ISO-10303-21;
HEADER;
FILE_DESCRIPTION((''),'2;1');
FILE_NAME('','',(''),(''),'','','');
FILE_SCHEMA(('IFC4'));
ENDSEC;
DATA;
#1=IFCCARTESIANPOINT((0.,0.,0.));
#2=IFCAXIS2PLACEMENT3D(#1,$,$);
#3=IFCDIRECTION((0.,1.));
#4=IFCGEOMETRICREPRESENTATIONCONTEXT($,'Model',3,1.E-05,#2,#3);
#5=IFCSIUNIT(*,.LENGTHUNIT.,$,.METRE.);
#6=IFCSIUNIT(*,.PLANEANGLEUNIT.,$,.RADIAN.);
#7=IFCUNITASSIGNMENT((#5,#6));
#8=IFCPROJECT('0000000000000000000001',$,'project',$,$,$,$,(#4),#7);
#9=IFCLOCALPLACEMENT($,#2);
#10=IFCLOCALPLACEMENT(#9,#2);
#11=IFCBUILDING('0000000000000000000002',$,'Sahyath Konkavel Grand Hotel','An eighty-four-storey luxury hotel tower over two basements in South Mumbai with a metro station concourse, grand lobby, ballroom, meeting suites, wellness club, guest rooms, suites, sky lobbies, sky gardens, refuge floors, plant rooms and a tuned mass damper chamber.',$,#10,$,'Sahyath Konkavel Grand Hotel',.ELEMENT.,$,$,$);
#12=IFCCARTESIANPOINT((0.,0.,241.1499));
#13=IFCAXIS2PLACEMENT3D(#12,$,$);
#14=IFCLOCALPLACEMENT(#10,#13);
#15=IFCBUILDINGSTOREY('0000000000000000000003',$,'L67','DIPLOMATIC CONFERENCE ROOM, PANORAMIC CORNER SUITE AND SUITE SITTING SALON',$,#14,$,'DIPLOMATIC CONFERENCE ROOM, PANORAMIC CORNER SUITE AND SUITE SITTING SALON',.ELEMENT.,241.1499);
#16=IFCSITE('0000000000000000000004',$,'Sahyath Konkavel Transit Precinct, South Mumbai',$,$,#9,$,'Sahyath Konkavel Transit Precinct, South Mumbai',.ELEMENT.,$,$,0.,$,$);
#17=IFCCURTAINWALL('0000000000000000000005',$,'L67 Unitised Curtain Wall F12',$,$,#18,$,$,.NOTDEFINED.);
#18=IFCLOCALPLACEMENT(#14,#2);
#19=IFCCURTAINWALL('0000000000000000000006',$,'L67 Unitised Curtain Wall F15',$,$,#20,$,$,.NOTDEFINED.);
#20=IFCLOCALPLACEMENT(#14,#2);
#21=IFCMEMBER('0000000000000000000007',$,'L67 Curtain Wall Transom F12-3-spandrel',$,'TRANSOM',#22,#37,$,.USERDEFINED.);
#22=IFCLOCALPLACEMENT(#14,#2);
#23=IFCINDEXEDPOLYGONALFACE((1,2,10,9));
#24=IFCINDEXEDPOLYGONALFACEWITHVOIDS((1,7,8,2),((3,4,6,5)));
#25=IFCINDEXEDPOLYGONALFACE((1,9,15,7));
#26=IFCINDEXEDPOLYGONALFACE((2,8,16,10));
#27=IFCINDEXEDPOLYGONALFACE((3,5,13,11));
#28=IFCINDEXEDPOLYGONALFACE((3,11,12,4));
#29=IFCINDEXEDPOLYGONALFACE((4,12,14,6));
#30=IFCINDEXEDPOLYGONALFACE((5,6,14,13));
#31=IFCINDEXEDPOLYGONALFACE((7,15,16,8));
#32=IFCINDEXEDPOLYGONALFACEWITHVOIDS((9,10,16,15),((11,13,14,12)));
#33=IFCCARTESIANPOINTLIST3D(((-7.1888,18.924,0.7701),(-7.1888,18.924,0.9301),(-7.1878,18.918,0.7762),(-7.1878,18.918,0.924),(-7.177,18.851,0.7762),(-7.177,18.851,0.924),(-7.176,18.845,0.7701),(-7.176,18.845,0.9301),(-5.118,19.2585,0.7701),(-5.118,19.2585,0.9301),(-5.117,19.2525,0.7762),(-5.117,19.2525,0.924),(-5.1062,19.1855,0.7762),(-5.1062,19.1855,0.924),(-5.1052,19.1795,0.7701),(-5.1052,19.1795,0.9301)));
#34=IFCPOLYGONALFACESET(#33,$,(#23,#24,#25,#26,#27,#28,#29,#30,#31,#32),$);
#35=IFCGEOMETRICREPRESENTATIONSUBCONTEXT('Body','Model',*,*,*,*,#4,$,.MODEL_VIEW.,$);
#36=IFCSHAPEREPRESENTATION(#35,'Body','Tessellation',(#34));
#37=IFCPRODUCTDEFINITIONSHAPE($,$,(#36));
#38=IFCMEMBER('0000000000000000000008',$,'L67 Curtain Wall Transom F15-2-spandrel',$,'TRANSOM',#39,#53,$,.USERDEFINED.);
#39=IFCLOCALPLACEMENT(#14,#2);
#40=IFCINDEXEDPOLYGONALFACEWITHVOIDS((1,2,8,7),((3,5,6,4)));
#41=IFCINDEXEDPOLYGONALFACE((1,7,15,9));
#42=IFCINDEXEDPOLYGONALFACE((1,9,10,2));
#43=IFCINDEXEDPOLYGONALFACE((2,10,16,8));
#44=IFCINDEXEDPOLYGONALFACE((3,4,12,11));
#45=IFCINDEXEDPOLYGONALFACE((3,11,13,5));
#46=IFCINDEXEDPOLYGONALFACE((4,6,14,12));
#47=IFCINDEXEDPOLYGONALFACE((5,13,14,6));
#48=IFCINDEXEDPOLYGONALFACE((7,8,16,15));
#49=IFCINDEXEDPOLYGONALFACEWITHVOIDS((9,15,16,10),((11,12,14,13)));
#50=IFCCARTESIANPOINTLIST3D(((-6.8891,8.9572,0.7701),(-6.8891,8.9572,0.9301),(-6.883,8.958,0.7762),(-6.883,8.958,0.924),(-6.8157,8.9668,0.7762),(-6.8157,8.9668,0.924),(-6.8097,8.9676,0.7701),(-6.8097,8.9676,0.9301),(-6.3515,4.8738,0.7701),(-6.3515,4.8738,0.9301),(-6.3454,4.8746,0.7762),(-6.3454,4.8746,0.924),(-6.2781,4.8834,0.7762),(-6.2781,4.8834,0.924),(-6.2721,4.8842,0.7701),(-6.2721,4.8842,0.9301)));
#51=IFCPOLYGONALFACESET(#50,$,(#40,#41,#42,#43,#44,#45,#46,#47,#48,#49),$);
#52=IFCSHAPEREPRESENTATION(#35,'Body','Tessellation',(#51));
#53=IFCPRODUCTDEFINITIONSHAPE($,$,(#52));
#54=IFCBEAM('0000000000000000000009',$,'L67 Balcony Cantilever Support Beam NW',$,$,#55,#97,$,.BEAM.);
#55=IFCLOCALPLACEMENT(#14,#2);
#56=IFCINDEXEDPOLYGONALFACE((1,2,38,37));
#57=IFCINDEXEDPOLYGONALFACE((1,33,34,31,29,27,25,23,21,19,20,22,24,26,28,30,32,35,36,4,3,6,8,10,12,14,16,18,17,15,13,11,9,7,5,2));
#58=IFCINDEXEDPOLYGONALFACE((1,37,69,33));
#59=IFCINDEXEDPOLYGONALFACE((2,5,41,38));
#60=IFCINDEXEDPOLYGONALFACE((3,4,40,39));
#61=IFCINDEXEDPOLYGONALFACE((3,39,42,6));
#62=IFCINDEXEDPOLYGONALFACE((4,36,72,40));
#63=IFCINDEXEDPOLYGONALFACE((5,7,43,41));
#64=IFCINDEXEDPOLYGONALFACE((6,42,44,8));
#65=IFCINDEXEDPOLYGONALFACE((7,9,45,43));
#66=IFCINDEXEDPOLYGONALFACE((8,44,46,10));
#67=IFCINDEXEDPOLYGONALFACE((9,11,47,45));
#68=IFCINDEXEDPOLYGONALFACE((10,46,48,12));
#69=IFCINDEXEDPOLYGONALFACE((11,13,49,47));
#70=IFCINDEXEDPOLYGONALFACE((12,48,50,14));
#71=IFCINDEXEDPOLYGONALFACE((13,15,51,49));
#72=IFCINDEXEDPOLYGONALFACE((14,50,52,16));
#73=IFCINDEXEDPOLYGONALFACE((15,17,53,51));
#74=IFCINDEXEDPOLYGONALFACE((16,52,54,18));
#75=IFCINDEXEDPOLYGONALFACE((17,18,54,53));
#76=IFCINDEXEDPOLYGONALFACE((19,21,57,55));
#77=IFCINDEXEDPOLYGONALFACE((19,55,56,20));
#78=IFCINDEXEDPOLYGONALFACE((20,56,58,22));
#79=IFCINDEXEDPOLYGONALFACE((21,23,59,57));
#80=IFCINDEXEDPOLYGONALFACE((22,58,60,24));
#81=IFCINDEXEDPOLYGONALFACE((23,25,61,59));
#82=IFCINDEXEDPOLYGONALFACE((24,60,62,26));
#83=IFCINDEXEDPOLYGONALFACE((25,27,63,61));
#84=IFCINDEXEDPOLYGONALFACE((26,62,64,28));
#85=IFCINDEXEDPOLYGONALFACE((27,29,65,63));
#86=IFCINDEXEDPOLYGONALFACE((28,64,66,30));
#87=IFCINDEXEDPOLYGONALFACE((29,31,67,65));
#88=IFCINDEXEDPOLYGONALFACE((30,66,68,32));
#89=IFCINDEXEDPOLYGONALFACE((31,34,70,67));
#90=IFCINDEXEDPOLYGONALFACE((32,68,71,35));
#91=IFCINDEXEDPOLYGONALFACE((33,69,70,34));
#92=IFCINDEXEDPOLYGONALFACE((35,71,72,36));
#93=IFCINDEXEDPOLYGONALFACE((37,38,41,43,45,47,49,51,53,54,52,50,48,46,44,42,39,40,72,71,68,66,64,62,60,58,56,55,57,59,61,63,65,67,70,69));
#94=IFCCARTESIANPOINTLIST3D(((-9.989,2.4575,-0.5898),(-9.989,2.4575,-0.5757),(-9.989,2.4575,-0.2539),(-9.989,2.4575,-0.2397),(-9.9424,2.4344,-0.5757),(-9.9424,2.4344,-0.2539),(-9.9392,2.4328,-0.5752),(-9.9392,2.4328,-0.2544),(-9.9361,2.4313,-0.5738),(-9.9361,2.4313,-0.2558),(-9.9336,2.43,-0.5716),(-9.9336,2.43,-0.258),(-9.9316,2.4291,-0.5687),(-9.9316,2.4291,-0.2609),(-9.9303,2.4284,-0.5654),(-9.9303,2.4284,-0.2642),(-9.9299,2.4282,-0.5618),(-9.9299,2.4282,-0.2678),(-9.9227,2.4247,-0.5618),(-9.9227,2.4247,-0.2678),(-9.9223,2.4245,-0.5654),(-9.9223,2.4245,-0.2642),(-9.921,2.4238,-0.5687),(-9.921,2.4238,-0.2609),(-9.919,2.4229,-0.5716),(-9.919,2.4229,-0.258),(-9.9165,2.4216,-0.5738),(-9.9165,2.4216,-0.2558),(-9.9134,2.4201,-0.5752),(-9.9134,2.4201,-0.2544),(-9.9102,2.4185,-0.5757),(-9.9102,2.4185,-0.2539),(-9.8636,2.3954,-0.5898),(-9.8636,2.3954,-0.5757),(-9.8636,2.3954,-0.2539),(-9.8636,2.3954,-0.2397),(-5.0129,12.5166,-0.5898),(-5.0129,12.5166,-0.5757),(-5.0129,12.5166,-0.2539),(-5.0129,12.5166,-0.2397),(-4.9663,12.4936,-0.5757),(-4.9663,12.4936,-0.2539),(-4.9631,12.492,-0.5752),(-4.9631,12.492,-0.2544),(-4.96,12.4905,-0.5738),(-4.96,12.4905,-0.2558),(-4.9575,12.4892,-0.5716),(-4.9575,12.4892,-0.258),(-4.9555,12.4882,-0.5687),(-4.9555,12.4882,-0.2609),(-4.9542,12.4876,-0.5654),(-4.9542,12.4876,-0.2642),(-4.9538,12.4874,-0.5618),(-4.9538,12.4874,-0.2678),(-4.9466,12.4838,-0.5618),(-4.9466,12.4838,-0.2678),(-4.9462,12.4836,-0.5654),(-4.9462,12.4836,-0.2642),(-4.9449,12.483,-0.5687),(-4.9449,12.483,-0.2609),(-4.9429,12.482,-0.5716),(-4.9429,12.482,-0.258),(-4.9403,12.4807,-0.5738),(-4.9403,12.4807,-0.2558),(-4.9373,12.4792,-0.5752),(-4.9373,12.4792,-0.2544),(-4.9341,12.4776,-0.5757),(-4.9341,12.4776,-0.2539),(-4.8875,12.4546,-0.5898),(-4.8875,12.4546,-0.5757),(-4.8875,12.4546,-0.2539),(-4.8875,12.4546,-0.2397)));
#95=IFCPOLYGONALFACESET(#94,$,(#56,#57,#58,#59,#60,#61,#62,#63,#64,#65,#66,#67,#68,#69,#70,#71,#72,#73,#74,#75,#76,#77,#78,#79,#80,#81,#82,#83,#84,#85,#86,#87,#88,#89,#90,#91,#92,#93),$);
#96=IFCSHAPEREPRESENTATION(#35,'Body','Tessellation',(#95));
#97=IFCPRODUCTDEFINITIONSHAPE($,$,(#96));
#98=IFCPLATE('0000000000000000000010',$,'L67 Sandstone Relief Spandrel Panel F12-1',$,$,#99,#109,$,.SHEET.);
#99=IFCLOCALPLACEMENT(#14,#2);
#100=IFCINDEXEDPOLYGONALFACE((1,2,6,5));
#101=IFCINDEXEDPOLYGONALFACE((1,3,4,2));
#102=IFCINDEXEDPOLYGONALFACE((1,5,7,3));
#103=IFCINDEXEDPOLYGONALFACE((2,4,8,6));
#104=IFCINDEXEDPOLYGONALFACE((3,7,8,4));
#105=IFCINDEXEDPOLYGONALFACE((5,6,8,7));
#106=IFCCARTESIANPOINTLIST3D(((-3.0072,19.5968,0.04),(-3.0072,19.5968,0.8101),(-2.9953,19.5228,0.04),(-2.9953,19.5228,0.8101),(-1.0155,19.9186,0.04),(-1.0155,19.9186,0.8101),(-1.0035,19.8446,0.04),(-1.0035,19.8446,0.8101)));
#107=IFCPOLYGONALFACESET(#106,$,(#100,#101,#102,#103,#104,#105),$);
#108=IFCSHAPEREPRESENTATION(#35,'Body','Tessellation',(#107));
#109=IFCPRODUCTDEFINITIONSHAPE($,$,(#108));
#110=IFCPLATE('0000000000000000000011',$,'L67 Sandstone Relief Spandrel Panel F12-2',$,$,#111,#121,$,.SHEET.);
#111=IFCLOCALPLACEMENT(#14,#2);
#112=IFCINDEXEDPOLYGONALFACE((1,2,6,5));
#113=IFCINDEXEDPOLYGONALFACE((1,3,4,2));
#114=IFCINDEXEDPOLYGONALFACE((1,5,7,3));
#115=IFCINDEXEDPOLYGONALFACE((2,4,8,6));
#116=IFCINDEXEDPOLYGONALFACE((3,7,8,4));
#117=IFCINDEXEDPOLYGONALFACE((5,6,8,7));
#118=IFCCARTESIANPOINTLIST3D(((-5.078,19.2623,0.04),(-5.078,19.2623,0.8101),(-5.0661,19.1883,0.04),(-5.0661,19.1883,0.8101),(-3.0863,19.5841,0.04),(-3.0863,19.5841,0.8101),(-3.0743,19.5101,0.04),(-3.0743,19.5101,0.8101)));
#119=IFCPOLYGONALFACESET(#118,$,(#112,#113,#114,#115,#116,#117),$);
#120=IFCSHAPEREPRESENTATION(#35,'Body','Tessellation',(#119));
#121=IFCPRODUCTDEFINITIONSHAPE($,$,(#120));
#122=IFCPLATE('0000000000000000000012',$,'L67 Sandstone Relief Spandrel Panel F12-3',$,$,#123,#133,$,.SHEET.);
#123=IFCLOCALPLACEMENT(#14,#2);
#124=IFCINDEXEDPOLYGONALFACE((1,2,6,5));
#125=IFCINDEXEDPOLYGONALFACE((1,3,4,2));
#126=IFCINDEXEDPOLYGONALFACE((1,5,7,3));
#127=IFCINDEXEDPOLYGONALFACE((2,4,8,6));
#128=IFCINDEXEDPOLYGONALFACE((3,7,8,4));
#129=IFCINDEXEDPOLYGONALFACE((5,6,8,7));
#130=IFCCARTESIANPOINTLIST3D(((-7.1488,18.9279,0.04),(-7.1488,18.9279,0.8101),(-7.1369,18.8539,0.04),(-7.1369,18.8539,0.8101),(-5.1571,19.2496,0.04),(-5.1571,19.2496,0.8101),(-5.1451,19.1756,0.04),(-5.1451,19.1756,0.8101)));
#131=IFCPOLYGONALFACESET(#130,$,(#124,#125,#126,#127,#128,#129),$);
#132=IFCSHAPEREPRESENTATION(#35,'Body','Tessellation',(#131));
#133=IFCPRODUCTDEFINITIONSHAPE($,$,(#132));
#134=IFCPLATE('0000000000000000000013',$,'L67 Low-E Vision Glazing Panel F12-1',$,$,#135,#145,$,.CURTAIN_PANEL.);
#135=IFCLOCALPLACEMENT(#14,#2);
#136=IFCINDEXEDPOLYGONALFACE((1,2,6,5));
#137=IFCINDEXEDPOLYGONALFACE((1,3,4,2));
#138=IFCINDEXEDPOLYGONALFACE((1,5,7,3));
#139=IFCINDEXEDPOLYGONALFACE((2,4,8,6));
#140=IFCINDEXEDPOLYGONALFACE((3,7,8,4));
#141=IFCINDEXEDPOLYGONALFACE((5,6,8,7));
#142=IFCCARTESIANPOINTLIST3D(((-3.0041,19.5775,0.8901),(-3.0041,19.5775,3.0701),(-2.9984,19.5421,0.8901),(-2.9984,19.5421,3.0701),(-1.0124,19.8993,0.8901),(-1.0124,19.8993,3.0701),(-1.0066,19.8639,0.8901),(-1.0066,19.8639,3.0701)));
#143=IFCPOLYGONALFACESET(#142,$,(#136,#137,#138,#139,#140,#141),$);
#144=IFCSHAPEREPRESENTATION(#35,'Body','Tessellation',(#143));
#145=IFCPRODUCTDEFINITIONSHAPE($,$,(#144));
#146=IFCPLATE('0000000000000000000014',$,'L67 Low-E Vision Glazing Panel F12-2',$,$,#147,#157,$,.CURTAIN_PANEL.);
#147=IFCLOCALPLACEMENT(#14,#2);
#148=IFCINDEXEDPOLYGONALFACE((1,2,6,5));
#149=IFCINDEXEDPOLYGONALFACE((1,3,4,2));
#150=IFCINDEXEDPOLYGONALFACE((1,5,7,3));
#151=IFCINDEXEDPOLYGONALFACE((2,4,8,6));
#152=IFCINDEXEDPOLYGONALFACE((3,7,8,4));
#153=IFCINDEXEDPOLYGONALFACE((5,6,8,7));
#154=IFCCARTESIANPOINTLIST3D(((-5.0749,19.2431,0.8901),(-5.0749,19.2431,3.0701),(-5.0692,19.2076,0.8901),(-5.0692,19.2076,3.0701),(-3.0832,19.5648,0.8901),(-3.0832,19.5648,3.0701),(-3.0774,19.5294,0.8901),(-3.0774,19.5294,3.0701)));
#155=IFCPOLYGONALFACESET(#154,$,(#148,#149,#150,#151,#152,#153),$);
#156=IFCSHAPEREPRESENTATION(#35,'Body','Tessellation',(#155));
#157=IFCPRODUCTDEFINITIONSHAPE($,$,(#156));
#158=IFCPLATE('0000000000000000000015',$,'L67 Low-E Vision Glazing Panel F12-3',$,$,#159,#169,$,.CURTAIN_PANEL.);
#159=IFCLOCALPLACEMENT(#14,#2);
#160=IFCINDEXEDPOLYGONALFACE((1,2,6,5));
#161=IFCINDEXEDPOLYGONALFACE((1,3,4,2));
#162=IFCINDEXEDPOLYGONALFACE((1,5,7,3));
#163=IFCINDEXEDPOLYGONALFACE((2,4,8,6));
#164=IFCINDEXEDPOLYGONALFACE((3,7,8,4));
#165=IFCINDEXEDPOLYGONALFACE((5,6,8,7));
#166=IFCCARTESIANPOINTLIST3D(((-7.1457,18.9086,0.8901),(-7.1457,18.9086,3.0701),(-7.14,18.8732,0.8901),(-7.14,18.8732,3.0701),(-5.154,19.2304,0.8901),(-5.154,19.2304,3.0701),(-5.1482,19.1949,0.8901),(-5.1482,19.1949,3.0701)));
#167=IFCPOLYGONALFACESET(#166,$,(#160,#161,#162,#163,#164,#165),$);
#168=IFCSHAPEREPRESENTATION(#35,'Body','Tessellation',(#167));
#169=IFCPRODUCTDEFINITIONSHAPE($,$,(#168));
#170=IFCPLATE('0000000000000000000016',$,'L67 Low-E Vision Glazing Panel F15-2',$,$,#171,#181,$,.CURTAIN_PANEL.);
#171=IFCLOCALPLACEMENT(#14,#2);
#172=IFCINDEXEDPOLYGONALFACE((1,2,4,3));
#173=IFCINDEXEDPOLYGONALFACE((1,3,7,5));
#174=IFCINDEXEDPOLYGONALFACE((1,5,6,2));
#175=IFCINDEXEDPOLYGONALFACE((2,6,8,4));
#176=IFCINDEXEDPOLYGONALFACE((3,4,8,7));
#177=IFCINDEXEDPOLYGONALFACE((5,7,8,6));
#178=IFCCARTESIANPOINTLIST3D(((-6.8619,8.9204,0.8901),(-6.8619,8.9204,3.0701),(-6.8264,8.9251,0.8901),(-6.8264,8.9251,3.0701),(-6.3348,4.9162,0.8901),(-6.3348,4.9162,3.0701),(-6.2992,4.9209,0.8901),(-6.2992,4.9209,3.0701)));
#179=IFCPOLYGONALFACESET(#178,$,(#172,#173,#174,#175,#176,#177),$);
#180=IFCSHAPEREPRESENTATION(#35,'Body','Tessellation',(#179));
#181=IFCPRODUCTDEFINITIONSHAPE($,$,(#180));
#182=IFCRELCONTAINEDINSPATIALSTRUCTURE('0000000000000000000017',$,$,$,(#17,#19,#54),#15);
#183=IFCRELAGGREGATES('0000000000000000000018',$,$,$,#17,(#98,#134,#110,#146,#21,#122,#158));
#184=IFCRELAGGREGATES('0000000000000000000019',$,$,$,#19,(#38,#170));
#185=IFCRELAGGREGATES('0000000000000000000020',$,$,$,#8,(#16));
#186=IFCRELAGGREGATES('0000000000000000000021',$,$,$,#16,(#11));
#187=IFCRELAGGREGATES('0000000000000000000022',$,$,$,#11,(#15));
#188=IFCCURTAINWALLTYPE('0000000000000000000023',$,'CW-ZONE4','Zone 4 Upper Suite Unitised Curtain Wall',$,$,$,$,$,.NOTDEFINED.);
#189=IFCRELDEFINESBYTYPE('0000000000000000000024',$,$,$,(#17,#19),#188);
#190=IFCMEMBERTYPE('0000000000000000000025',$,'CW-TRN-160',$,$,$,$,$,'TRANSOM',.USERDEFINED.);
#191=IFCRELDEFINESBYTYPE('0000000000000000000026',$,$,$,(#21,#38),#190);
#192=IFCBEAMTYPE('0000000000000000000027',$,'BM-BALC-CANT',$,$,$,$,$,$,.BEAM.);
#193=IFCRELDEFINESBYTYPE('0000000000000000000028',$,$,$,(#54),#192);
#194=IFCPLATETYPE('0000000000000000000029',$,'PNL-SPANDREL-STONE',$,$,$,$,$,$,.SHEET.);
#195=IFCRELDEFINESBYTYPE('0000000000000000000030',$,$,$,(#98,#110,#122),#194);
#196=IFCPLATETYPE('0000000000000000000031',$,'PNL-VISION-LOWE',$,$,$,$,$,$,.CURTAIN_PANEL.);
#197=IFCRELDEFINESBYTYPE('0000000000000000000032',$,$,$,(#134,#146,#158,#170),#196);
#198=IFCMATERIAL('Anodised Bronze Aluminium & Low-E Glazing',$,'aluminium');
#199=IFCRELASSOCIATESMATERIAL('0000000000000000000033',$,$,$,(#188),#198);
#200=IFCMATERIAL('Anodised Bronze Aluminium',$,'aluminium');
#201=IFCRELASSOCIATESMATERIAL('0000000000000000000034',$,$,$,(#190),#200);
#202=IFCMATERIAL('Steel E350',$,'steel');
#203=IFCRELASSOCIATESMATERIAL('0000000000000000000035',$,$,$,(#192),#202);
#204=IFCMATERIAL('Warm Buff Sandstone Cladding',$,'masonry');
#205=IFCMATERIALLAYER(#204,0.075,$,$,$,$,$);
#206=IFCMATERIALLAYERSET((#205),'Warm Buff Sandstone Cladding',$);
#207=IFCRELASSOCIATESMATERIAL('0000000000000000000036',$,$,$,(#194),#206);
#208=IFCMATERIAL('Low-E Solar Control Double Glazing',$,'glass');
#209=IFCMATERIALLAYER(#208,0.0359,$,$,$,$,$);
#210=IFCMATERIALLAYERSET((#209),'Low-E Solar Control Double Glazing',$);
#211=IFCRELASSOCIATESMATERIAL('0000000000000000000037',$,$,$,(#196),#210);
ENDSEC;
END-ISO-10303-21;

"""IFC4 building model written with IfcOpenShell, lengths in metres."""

from ifc_helpers import new_model, si_unit, direction, frame, origin, origin_2d, place, context, subcontext, project, spatial, rectangle, hollow_rectangle, i_section, extrude, source, transform, mapped, material, layer, layer_set, material_profile, profile_set, type_object, element, aggregate, save


model = new_model("IFC4")

# Units and contexts
model_context = context("Model", 3, precision=1e-05, world=origin(), true_north=direction((0.0, 1.0)))
body_context = subcontext(model_context, "Body", "Model", "MODEL_VIEW")
ifc_project = project(units=[si_unit("LENGTHUNIT", "METRE"), si_unit("PLANEANGLEUNIT", "RADIAN")], contexts=[model_context])

# Site, building, storey
site_placement = place(None, origin())
site = spatial("IfcSite", under=ifc_project, at=site_placement, Name="Sahyath Konkavel Transit Precinct, South Mumbai", LongName="Sahyath Konkavel Transit Precinct, South Mumbai", CompositionType="ELEMENT", RefElevation=0.0)
building_placement = place(site_placement, origin())
building = spatial("IfcBuilding", under=site, at=building_placement, Name="Sahyath Konkavel Grand Hotel", Description="An eighty-four-storey luxury hotel tower over two basements in South Mumbai with a metro station concourse, grand lobby, ballroom, meeting suites, wellness club, guest rooms, suites, sky lobbies, sky gardens, refuge floors, plant rooms and a tuned mass damper chamber.", LongName="Sahyath Konkavel Grand Hotel", CompositionType="ELEMENT")
storey_placement = place(building_placement, frame((0.0, 0.0, 241.1499)))
storey = spatial("IfcBuildingStorey", under=building, at=storey_placement, Name="L67", Description="DIPLOMATIC CONFERENCE ROOM, PANORAMIC CORNER SUITE AND SUITE SITTING SALON", LongName="DIPLOMATIC CONFERENCE ROOM, PANORAMIC CORNER SUITE AND SUITE SITTING SALON", CompositionType="ELEMENT", Elevation=241.1499)

# Shared definitions
ifc_material_1 = material(Name="Steel E350", Category="steel")

# Curtain wall
ifc_material_2 = material(Name="Anodised Bronze Aluminium & Low-E Glazing", Category="aluminium")
curtain_wall_type = type_object("IfcCurtainWallType", Name="CW-ZONE4", Description="Zone 4 Upper Suite Unitised Curtain Wall", PredefinedType="NOTDEFINED", material=ifc_material_2)
curtain_wall_1_placement = place(storey_placement, origin())
curtain_wall_1 = element("IfcCurtainWall", 1, at=curtain_wall_1_placement, inside=storey, type_object=curtain_wall_type, Name="L67 Unitised Curtain Wall F12", PredefinedType="NOTDEFINED")
ifc_material_3 = material(Name="Anodised Bronze Aluminium", Category="aluminium")

# Curtain wall
curtain_wall_2_placement = place(storey_placement, origin())
curtain_wall_2 = element("IfcCurtainWall", 2, at=curtain_wall_2_placement, inside=storey, type_object=curtain_wall_type, Name="L67 Unitised Curtain Wall F15", PredefinedType="NOTDEFINED")

# Members
ifc_material_profile_1 = material_profile(ifc_material_3, hollow_rectangle(XDim=0.0801, YDim=0.1599, WallThickness=0.0061, at=origin_2d()), Name="RHS 160x80x6")
ifc_profile_set_1 = profile_set([ifc_material_profile_1], Name="Anodised Bronze Aluminium")
member_type_1 = type_object("IfcMemberType", Name="CW-TRN-160", ElementType="TRANSOM", PredefinedType="USERDEFINED", material=ifc_profile_set_1)
shared_shape_1 = source(origin(), body_context, "Body", "SweptSolid", [
    extrude(hollow_rectangle(XDim=0.0801, YDim=0.1599, WallThickness=0.0061, at=origin_2d()), origin(), (0.0, 0.0, 1.0), 2.0977),
])
member_1_placement = place(storey_placement, frame((-5.1116, 19.219, 0.8501), z_axis=(-0.987206, -0.159452, 0.0), x_axis=(0.159452, -0.987206, 0.0)))
member_1 = element("IfcMember", 3, at=member_1_placement, type_object=member_type_1, Name="L67 Curtain Wall Transom F12-3-spandrel", ObjectType="TRANSOM", PredefinedType="USERDEFINED", context=body_context, shape_type="MappedRepresentation", body=[
    mapped(shared_shape_1, transform((0.0, 0.0, 0.0), scale=1.0)),
])
shared_shape_2 = source(origin(), body_context, "Body", "SweptSolid", [
    extrude(hollow_rectangle(XDim=0.0801, YDim=0.1599, WallThickness=0.0061, at=origin_2d()), origin(), (0.0, 0.0, 1.0), 4.1187),
])
member_2_placement = place(storey_placement, frame((-6.8494, 8.9624, 0.8501), z_axis=(0.130525, -0.991445, 0.0), x_axis=(0.991445, 0.130525, 0.0)))
member_2 = element("IfcMember", 4, at=member_2_placement, type_object=member_type_1, Name="L67 Curtain Wall Transom F15-2-spandrel", ObjectType="TRANSOM", PredefinedType="USERDEFINED", context=body_context, shape_type="MappedRepresentation", body=[
    mapped(shared_shape_2, transform((0.0, 0.0, 0.0), scale=1.0)),
])

# Beam
ifc_material_profile_2 = material_profile(ifc_material_1, i_section(OverallWidth=0.1399, OverallDepth=0.3501, WebThickness=0.0081, FlangeThickness=0.0142, FilletRadius=0.0139, at=origin_2d()), Name="ISMB 350")
ifc_profile_set_2 = profile_set([ifc_material_profile_2], Name="Steel E350")
beam_type_1 = type_object("IfcBeamType", Name="BM-BALC-CANT", PredefinedType="BEAM", material=ifc_profile_set_2)
shared_shape_3 = source(origin(), body_context, "Body", "SweptSolid", [
    extrude(i_section(OverallWidth=0.1399, OverallDepth=0.3501, WebThickness=0.0081, FlangeThickness=0.0142, FilletRadius=0.0139, at=origin_2d()), origin(), (0.0, 0.0, 1.0), 11.2227),
])
beam_1_placement = place(storey_placement, frame((-4.9502, 12.4856, -0.4148), z_axis=(-0.443398, -0.896325, 0.0), x_axis=(0.896325, -0.443398, 0.0)))
element("IfcBeam", 5, at=beam_1_placement, inside=storey, type_object=beam_type_1, Name="L67 Balcony Cantilever Support Beam NW", PredefinedType="BEAM", context=body_context, shape_type="MappedRepresentation", body=[
    mapped(shared_shape_3, transform((0.0, 0.0, 0.0), scale=1.0)),
])

# Plates
ifc_material_4 = material(Name="Warm Buff Sandstone Cladding", Category="masonry")
ifc_layer_1 = layer(ifc_material_4, 0.075)
ifc_layer_set_1 = layer_set([ifc_layer_1], Name="Warm Buff Sandstone Cladding")
plate_type_1 = type_object("IfcPlateType", Name="PNL-SPANDREL-STONE", PredefinedType="SHEET", material=ifc_layer_set_1)
shared_shape_4 = source(origin(), body_context, "Body", "SweptSolid", [
    extrude(rectangle(XDim=2.0176, YDim=0.075, at=origin_2d()), origin(), (0.0, 0.0, 1.0), 0.77),
])
plate_1_placement = place(storey_placement, frame((-2.0054, 19.7207, 0.04), z_axis=(0.0, 0.0, 1.0), x_axis=(-0.9872, -0.159485, 0.0)))
plate_1 = element("IfcPlate", 6, at=plate_1_placement, type_object=plate_type_1, Name="L67 Sandstone Relief Spandrel Panel F12-1", PredefinedType="SHEET", context=body_context, shape_type="MappedRepresentation", body=[
    mapped(shared_shape_4, transform((0.0, 0.0, 0.0), scale=1.0)),
])
plate_2_placement = place(storey_placement, frame((-4.0762, 19.3862, 0.04), z_axis=(0.0, 0.0, 1.0), x_axis=(-0.9872, -0.159485, 0.0)))
plate_2 = element("IfcPlate", 7, at=plate_2_placement, type_object=plate_type_1, Name="L67 Sandstone Relief Spandrel Panel F12-2", PredefinedType="SHEET", context=body_context, shape_type="MappedRepresentation", body=[
    mapped(shared_shape_4, transform((0.0, 0.0, 0.0), scale=1.0)),
])
plate_3_placement = place(storey_placement, frame((-6.147, 19.0518, 0.04), z_axis=(0.0, 0.0, 1.0), x_axis=(-0.9872, -0.159485, 0.0)))
plate_3 = element("IfcPlate", 8, at=plate_3_placement, type_object=plate_type_1, Name="L67 Sandstone Relief Spandrel Panel F12-3", PredefinedType="SHEET", context=body_context, shape_type="MappedRepresentation", body=[
    mapped(shared_shape_4, transform((0.0, 0.0, 0.0), scale=1.0)),
])
ifc_material_5 = material(Name="Low-E Solar Control Double Glazing", Category="glass")
ifc_layer_2 = layer(ifc_material_5, 0.0359)
ifc_layer_set_2 = layer_set([ifc_layer_2], Name="Low-E Solar Control Double Glazing")
plate_type_2 = type_object("IfcPlateType", Name="PNL-VISION-LOWE", PredefinedType="CURTAIN_PANEL", material=ifc_layer_set_2)
shared_shape_5 = source(origin(), body_context, "Body", "SweptSolid", [
    extrude(rectangle(XDim=2.0176, YDim=0.0359, at=origin_2d()), origin(), (0.0, 0.0, 1.0), 2.1799),
])
plate_4_placement = place(storey_placement, frame((-2.0054, 19.7207, 0.8901), z_axis=(0.0, 0.0, 1.0), x_axis=(-0.9872, -0.159485, 0.0)))
plate_4 = element("IfcPlate", 9, at=plate_4_placement, type_object=plate_type_2, Name="L67 Low-E Vision Glazing Panel F12-1", PredefinedType="CURTAIN_PANEL", context=body_context, shape_type="MappedRepresentation", body=[
    mapped(shared_shape_5, transform((0.0, 0.0, 0.0), scale=1.0)),
])
plate_5_placement = place(storey_placement, frame((-4.0762, 19.3862, 0.8901), z_axis=(0.0, 0.0, 1.0), x_axis=(-0.9872, -0.159485, 0.0)))
plate_5 = element("IfcPlate", 10, at=plate_5_placement, type_object=plate_type_2, Name="L67 Low-E Vision Glazing Panel F12-2", PredefinedType="CURTAIN_PANEL", context=body_context, shape_type="MappedRepresentation", body=[
    mapped(shared_shape_5, transform((0.0, 0.0, 0.0), scale=1.0)),
])
plate_6_placement = place(storey_placement, frame((-6.147, 19.0518, 0.8901), z_axis=(0.0, 0.0, 1.0), x_axis=(-0.9872, -0.159485, 0.0)))
plate_6 = element("IfcPlate", 11, at=plate_6_placement, type_object=plate_type_2, Name="L67 Low-E Vision Glazing Panel F12-3", PredefinedType="CURTAIN_PANEL", context=body_context, shape_type="MappedRepresentation", body=[
    mapped(shared_shape_5, transform((0.0, 0.0, 0.0), scale=1.0)),
])
aggregate(curtain_wall_1, [plate_1, plate_4, plate_2, plate_5, member_1, plate_3, plate_6])
shared_shape_6 = source(origin(), body_context, "Body", "SweptSolid", [
    extrude(rectangle(XDim=4.0388, YDim=0.0359, at=origin_2d()), origin(), (0.0, 0.0, 1.0), 2.1799),
])
plate_7_placement = place(storey_placement, frame((-6.5806, 6.9207, 0.8901), z_axis=(0.0, 0.0, 1.0), x_axis=(0.130526, -0.991445, 0.0)))
plate_7 = element("IfcPlate", 12, at=plate_7_placement, type_object=plate_type_2, Name="L67 Low-E Vision Glazing Panel F15-2", PredefinedType="CURTAIN_PANEL", context=body_context, shape_type="MappedRepresentation", body=[
    mapped(shared_shape_6, transform((0.0, 0.0, 0.0), scale=1.0)),
])
aggregate(curtain_wall_2, [member_2, plate_7])

save(model, "model.ifc")
